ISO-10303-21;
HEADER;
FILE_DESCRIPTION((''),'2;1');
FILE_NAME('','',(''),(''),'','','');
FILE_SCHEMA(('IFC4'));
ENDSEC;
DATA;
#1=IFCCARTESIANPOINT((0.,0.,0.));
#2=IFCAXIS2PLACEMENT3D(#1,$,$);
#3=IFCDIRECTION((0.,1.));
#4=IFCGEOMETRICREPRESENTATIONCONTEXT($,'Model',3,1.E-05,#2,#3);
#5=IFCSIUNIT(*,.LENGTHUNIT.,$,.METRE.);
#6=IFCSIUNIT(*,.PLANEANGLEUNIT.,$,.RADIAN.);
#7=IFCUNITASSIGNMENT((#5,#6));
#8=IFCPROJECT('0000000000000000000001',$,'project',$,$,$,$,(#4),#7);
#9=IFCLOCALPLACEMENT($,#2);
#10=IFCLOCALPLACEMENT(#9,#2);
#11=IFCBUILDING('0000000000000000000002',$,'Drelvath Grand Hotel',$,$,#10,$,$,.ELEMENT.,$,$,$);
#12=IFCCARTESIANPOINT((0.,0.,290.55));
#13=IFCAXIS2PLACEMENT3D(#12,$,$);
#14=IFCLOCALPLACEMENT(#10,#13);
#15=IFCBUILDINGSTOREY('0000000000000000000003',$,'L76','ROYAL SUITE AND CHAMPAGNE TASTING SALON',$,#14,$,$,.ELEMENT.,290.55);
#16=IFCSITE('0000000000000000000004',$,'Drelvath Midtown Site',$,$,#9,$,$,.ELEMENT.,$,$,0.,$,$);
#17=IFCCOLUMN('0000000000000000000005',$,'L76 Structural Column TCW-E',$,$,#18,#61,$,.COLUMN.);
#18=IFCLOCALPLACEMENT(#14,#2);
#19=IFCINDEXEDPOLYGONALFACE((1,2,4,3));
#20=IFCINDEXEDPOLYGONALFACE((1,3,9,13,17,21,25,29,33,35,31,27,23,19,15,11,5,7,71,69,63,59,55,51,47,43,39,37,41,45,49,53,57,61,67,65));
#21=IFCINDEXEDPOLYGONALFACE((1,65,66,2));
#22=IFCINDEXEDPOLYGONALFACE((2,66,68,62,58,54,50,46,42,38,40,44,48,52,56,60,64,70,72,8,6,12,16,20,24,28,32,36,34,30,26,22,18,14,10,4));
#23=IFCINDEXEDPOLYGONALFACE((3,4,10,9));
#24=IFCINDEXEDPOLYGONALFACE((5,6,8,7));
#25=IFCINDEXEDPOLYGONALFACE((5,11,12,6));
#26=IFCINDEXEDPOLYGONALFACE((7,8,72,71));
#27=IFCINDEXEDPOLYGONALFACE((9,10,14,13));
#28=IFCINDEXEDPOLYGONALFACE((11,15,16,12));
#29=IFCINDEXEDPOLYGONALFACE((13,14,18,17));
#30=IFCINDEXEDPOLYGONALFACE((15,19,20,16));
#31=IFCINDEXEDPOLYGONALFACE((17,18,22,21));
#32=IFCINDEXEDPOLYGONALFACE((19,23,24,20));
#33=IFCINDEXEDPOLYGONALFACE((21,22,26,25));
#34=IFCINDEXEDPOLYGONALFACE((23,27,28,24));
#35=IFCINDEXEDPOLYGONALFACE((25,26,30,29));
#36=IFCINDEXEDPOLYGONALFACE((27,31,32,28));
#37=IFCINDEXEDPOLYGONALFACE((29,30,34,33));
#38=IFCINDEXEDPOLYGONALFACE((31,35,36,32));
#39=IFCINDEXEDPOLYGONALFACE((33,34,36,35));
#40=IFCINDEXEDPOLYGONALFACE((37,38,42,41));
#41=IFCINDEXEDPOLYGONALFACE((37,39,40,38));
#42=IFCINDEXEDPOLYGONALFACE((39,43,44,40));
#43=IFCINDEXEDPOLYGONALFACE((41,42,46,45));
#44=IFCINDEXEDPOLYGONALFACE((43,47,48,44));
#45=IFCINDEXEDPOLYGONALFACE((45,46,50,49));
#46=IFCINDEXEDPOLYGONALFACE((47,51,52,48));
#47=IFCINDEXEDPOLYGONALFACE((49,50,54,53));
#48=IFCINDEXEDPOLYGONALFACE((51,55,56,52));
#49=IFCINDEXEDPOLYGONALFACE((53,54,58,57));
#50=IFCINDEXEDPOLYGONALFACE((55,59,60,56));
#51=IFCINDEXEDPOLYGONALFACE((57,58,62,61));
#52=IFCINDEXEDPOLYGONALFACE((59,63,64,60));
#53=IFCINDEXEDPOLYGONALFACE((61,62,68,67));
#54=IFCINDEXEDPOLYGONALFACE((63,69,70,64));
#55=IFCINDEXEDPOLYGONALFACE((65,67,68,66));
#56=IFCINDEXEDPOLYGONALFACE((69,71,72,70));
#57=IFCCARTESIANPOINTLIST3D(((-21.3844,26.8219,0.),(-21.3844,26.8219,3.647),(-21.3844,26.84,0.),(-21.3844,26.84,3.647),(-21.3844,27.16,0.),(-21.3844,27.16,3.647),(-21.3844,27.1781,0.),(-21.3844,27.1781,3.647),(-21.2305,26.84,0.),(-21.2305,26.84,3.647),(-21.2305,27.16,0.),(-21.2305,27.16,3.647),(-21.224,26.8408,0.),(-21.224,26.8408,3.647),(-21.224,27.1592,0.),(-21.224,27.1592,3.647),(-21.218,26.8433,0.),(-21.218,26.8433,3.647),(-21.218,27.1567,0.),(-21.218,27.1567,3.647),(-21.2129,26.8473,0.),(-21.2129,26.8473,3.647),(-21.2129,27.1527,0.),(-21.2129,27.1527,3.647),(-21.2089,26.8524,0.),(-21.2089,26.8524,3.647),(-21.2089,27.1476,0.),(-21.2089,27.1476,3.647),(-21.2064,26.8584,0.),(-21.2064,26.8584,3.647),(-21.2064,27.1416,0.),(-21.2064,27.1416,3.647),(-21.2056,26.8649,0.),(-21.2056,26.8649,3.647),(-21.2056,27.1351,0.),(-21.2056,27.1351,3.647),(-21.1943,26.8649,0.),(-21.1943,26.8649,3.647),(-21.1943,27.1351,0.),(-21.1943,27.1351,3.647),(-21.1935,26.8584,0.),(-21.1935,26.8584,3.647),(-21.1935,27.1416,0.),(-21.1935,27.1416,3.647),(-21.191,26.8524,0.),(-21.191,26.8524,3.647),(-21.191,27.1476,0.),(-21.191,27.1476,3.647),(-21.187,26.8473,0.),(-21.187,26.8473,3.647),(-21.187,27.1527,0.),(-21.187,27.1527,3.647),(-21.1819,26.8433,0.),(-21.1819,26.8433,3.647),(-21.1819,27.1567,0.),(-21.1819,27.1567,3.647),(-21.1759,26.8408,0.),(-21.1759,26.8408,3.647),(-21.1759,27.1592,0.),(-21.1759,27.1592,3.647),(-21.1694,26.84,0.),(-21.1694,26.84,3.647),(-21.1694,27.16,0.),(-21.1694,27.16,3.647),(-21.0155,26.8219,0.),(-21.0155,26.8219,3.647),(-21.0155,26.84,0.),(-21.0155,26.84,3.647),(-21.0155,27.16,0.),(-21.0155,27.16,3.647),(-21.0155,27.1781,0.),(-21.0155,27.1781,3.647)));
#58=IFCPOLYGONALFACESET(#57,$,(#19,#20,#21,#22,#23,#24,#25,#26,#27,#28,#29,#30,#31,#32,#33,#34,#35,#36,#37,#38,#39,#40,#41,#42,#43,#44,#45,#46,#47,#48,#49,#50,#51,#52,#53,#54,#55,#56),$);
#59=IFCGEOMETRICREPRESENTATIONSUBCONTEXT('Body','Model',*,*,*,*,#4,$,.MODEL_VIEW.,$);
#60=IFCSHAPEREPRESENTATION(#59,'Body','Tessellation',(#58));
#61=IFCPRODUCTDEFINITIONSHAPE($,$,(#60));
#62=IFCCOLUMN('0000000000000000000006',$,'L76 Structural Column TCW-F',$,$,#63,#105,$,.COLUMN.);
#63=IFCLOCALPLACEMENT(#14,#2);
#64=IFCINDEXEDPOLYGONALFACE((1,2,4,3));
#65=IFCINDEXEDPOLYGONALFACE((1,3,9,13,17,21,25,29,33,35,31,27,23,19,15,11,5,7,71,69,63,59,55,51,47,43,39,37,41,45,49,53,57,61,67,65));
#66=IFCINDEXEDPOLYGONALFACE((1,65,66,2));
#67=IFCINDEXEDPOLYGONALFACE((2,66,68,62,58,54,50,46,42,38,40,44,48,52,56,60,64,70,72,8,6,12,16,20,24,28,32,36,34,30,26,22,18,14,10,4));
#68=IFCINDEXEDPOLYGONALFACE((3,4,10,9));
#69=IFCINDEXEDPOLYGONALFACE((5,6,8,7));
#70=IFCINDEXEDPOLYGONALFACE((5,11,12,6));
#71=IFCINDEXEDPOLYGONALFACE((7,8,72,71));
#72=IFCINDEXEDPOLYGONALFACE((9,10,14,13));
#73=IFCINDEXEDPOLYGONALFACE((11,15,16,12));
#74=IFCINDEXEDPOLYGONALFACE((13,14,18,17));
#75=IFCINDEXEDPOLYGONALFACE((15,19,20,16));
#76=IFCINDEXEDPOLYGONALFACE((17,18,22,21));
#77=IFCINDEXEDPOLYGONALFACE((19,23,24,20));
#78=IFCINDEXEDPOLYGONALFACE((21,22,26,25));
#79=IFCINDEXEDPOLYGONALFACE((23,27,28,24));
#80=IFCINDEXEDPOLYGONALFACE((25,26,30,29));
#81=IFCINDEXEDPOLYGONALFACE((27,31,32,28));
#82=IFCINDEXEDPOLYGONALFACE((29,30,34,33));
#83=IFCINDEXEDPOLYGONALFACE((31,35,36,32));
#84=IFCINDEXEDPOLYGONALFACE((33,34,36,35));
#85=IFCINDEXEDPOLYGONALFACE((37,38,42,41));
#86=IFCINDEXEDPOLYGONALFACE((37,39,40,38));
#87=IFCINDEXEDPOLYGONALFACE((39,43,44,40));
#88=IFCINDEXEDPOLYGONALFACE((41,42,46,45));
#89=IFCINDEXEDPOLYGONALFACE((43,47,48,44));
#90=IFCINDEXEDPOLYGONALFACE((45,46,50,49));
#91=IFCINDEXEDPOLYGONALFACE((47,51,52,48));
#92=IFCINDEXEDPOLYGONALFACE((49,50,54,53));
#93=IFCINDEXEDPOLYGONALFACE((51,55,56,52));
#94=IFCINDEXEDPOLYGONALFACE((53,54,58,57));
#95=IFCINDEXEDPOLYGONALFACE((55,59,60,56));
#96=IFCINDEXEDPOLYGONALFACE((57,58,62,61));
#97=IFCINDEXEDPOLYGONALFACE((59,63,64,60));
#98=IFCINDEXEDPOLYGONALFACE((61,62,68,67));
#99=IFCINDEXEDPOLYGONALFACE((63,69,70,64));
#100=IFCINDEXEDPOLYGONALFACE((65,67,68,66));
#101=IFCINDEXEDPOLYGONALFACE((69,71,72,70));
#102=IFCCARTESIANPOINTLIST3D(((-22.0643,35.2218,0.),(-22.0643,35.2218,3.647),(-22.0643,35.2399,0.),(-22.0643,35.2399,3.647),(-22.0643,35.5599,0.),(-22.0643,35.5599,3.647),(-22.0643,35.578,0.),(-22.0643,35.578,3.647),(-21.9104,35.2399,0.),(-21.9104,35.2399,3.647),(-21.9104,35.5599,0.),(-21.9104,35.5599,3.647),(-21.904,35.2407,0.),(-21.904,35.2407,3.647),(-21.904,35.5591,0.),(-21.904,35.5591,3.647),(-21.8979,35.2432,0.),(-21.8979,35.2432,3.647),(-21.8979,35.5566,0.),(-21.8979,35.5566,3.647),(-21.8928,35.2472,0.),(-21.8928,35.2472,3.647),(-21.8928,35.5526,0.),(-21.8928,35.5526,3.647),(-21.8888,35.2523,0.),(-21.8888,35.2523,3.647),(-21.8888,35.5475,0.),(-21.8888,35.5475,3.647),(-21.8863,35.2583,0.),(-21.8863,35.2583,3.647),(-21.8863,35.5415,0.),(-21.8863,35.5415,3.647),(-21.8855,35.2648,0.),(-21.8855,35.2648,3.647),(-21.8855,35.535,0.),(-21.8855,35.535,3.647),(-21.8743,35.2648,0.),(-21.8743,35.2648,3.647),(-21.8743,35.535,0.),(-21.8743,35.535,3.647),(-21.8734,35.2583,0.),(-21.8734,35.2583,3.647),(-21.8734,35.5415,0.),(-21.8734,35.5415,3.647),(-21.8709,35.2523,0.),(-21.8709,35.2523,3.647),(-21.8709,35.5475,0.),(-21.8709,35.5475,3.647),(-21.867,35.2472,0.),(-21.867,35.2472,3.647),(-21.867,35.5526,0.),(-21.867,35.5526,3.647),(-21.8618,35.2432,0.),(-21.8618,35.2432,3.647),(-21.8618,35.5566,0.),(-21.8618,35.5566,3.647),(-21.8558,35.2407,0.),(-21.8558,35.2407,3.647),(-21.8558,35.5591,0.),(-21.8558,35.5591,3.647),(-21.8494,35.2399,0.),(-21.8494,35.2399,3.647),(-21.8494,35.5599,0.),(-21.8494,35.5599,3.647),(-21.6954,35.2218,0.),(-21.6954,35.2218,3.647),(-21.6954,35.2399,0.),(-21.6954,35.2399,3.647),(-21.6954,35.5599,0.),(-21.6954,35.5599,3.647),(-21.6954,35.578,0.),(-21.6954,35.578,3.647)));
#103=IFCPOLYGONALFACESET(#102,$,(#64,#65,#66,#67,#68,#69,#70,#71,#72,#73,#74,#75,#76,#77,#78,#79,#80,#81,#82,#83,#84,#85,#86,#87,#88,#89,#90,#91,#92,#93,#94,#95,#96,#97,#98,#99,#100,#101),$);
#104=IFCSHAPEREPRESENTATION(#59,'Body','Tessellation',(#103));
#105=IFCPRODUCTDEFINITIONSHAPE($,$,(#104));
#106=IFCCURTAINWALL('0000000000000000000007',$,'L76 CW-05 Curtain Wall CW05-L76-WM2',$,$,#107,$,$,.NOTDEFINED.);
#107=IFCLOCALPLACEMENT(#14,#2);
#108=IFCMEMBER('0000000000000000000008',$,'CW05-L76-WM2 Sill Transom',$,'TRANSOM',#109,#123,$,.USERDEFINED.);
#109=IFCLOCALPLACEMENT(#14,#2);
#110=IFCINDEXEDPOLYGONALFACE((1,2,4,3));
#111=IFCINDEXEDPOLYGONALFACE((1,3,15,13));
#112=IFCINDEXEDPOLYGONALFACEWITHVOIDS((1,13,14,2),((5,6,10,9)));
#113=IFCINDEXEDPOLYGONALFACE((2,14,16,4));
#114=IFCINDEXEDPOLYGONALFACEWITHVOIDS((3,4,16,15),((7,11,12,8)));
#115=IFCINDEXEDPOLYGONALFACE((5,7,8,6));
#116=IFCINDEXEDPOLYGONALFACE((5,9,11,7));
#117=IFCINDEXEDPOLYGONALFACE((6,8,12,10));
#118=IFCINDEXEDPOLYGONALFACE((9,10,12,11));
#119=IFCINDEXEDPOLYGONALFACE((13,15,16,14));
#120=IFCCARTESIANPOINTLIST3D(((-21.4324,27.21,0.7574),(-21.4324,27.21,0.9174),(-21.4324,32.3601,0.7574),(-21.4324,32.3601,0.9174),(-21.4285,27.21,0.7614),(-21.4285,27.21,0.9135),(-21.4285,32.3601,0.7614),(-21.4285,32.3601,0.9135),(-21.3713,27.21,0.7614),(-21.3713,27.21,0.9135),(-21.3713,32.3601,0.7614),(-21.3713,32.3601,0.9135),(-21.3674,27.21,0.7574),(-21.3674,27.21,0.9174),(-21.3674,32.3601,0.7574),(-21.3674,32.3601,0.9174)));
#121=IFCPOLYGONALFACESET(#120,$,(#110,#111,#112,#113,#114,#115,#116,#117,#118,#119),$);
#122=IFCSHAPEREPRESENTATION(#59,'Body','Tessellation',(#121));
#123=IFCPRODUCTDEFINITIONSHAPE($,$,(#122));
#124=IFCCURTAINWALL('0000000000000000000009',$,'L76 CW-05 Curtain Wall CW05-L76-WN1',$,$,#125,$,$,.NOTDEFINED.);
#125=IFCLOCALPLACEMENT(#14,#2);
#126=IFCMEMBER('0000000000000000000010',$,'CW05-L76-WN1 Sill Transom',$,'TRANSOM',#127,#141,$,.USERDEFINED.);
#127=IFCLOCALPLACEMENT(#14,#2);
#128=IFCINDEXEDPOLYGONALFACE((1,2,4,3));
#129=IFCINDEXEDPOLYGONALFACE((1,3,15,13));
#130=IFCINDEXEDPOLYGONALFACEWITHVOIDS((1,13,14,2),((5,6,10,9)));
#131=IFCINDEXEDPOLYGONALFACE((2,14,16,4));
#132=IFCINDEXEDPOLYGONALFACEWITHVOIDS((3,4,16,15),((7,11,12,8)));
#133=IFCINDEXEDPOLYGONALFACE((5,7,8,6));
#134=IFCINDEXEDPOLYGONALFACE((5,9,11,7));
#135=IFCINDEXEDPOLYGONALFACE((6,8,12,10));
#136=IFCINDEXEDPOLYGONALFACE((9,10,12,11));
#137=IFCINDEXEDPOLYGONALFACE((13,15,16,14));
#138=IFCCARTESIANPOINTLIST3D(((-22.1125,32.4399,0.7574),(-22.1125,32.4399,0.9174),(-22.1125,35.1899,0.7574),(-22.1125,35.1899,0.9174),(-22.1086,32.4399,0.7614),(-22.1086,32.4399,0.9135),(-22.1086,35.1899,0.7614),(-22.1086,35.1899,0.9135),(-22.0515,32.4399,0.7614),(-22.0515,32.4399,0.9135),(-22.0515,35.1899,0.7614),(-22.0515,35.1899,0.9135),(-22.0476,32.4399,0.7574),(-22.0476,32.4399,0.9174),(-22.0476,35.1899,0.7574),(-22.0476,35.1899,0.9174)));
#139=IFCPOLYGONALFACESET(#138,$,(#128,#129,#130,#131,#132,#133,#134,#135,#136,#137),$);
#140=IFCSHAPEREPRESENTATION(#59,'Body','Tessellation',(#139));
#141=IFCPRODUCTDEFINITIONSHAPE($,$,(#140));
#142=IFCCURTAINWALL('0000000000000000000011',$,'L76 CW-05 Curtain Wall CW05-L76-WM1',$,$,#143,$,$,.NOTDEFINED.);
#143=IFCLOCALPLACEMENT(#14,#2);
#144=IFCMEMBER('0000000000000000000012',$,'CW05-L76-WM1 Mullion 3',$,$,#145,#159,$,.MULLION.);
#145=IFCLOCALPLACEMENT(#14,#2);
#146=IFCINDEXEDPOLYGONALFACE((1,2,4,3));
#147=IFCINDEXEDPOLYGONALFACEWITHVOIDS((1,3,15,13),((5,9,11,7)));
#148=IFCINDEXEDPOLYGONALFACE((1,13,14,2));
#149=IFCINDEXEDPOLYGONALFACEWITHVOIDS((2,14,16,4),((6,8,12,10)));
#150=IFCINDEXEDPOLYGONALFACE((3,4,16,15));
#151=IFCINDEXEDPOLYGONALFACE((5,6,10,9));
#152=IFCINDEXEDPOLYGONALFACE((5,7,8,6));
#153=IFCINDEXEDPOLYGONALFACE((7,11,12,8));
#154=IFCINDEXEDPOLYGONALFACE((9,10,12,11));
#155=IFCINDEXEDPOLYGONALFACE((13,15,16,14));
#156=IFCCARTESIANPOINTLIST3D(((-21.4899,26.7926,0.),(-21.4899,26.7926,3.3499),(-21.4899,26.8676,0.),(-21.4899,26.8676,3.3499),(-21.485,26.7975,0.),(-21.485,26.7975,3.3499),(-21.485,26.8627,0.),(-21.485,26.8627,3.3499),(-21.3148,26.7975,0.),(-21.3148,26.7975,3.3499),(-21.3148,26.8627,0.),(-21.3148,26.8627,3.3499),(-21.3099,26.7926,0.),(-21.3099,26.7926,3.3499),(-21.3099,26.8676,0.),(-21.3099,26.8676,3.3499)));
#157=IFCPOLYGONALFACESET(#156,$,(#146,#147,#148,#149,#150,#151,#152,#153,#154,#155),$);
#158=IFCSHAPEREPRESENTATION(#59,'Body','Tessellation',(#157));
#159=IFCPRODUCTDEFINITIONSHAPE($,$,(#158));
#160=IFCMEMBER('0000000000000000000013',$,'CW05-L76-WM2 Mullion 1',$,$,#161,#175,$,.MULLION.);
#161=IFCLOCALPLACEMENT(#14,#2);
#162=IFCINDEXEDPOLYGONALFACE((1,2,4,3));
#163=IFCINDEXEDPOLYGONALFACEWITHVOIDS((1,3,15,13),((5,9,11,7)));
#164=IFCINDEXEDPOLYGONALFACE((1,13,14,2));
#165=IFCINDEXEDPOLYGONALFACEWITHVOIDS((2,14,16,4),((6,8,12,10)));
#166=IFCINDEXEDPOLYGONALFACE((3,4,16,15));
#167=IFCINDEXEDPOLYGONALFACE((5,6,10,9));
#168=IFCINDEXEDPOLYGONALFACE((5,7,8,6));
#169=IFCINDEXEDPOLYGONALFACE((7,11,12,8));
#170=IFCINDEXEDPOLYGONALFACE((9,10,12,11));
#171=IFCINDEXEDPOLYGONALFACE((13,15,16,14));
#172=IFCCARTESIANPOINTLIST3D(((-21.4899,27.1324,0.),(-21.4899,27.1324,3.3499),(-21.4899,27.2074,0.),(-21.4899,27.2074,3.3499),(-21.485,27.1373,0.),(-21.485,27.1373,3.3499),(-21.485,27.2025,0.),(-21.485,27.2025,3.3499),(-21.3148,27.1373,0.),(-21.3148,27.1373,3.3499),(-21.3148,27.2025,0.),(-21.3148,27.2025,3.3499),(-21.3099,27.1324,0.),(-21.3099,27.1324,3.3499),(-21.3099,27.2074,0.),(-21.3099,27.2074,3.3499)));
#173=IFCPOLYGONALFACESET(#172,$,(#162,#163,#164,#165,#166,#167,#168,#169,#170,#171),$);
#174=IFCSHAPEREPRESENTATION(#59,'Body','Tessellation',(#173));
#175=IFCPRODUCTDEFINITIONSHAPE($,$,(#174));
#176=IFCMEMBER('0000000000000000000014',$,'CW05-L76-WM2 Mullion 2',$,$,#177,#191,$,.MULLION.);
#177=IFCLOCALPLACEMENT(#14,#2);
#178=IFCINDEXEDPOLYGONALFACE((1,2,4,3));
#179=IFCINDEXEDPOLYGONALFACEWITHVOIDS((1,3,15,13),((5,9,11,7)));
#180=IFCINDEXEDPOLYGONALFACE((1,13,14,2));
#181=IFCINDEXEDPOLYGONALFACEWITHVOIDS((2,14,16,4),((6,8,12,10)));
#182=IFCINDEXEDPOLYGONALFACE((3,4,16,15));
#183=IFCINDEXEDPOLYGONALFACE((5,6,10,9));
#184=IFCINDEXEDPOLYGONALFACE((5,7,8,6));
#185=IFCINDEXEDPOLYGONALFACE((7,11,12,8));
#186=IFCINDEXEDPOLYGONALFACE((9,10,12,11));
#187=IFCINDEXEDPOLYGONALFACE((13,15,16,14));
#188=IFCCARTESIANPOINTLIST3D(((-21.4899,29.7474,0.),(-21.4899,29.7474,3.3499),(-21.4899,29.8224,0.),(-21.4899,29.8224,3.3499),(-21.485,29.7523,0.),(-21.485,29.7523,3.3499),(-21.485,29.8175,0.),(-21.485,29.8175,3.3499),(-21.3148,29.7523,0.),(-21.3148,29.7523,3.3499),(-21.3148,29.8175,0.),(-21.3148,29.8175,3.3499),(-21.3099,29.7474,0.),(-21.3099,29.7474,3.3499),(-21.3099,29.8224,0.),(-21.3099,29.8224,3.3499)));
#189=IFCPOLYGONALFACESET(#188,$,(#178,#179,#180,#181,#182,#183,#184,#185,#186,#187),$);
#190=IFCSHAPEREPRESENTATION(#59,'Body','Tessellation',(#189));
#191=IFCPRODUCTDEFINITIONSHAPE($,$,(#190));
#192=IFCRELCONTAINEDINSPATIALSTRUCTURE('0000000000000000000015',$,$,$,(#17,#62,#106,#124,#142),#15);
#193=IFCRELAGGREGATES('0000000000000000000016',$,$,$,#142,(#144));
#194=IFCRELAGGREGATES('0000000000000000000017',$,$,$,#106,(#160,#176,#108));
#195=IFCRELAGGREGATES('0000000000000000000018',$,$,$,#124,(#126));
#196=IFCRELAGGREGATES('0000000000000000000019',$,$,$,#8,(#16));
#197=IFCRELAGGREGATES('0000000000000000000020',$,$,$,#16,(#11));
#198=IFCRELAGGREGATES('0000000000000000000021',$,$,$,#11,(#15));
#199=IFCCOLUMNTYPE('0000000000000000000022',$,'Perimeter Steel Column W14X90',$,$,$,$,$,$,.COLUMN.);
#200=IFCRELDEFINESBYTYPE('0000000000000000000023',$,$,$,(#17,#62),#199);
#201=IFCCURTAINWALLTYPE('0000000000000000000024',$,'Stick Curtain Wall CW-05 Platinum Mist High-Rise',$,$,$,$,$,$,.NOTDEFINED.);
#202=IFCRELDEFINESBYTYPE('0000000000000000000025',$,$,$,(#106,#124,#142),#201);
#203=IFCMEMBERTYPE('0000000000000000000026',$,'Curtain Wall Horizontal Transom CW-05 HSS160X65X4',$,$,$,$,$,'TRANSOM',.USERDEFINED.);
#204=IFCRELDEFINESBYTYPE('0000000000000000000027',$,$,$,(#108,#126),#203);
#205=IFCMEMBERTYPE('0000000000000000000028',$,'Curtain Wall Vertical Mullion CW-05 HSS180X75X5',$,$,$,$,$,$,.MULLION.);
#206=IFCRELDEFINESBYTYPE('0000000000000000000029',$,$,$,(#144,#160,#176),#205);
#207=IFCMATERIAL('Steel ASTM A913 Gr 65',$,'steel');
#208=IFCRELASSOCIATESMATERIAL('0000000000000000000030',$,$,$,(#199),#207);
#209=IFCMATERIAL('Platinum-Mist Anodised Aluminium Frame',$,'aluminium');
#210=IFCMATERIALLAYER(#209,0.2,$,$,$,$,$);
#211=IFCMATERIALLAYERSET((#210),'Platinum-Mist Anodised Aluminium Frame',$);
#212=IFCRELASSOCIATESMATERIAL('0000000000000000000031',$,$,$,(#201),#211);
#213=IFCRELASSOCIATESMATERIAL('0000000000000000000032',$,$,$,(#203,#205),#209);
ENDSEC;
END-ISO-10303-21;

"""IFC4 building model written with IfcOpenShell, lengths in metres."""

from ifc_helpers import new_model, si_unit, direction, frame, origin, origin_2d, place, context, subcontext, project, spatial, hollow_rectangle, i_section, extrude, material, layer, layer_set, material_profile, profile_set, type_object, element, aggregate, save


model = new_model("IFC4")

# Units and contexts
model_context = context("Model", 3, precision=1e-05, world=origin(), true_north=direction((0.0, 1.0)))
body_context = subcontext(model_context, "Body", "Model", "MODEL_VIEW")
ifc_project = project(units=[si_unit("LENGTHUNIT", "METRE"), si_unit("PLANEANGLEUNIT", "RADIAN")], contexts=[model_context])

# Site, building, storey
site_placement = place(None, origin())
site = spatial("IfcSite", under=ifc_project, at=site_placement, Name="Drelvath Midtown Site", CompositionType="ELEMENT", RefElevation=0.0)
building_placement = place(site_placement, origin())
building = spatial("IfcBuilding", under=site, at=building_placement, Name="Drelvath Grand Hotel", CompositionType="ELEMENT")
storey_placement = place(building_placement, frame((0.0, 0.0, 290.55)))
storey = spatial("IfcBuildingStorey", under=building, at=storey_placement, Name="L76", Description="ROYAL SUITE AND CHAMPAGNE TASTING SALON", CompositionType="ELEMENT", Elevation=290.55)

# Columns
ifc_material_1 = material(Name="Steel ASTM A913 Gr 65", Category="steel")
ifc_material_profile_1 = material_profile(ifc_material_1, i_section(OverallWidth=0.3689, OverallDepth=0.3562, WebThickness=0.0112, FlangeThickness=0.0181, FilletRadius=0.0249, at=origin_2d()), Name="W14X90")
ifc_profile_set_1 = profile_set([ifc_material_profile_1], Name="Steel ASTM A913 Gr 65")
column_type = type_object("IfcColumnType", Name="Perimeter Steel Column W14X90", PredefinedType="COLUMN", material=ifc_profile_set_1)
for number, where, z_axis, x_axis, name in (
    (1, (-21.2, 27.0, 0.0), (0.0, 0.0, 1.0), (1.0, 0.0, 0.0), "L76 Structural Column TCW-E"),
    (2, (-21.8799, 35.3999, 0.0), (0.0, 0.0, 1.0), (1.0, 0.0, 0.0), "L76 Structural Column TCW-F"),
):
    element("IfcColumn", number, at=place(storey_placement, frame(where, z_axis=z_axis, x_axis=x_axis)), inside=storey, type_object=column_type, Name=name, PredefinedType="COLUMN", context=body_context, shape_type="SweptSolid", body=[
        extrude(i_section(OverallWidth=0.3689, OverallDepth=0.3562, WebThickness=0.0112, FlangeThickness=0.0181, FilletRadius=0.0249, at=origin_2d()), origin(), (0.0, 0.0, 1.0), 3.647),
    ])

# Curtain walls, members
ifc_material_2 = material(Name="Platinum-Mist Anodised Aluminium Frame", Category="aluminium")
ifc_layer_1 = layer(ifc_material_2, 0.2)
ifc_layer_set_1 = layer_set([ifc_layer_1], Name="Platinum-Mist Anodised Aluminium Frame")
curtain_wall_type = type_object("IfcCurtainWallType", Name="Stick Curtain Wall CW-05 Platinum Mist High-Rise", PredefinedType="NOTDEFINED", material=ifc_layer_set_1)
curtain_wall_1_placement = place(storey_placement, origin())
curtain_wall_1 = element("IfcCurtainWall", 3, at=curtain_wall_1_placement, inside=storey, type_object=curtain_wall_type, Name="L76 CW-05 Curtain Wall CW05-L76-WM2", PredefinedType="NOTDEFINED")
ifc_material_profile_2 = material_profile(ifc_material_2, hollow_rectangle(XDim=0.0649, YDim=0.1599, WallThickness=0.0039, at=origin_2d()), Name="HSS160X65X4")
ifc_profile_set_2 = profile_set([ifc_material_profile_2], Name="Platinum-Mist Anodised Aluminium Frame")
member_type_1 = type_object("IfcMemberType", Name="Curtain Wall Horizontal Transom CW-05 HSS160X65X4", ElementType="TRANSOM", PredefinedType="USERDEFINED", material=ifc_profile_set_2)
member_1_placement = place(storey_placement, frame((-21.3999, 27.21, 0.8374), z_axis=(0.0, 1.0, 0.0), x_axis=(-1.0, 0.0, 0.0)))
member_1 = element("IfcMember", 4, at=member_1_placement, type_object=member_type_1, Name="CW05-L76-WM2 Sill Transom", ObjectType="TRANSOM", PredefinedType="USERDEFINED", context=body_context, shape_type="SweptSolid", body=[
    extrude(hollow_rectangle(XDim=0.0649, YDim=0.1599, WallThickness=0.0039, at=origin_2d()), origin(), (0.0, 0.0, 1.0), 5.1501),
])
curtain_wall_2_placement = place(storey_placement, origin())
curtain_wall_2 = element("IfcCurtainWall", 5, at=curtain_wall_2_placement, inside=storey, type_object=curtain_wall_type, Name="L76 CW-05 Curtain Wall CW05-L76-WN1", PredefinedType="NOTDEFINED")
member_2_placement = place(storey_placement, frame((-22.0801, 32.4399, 0.8374), z_axis=(0.0, 1.0, 0.0), x_axis=(-1.0, 0.0, 0.0)))
member_2 = element("IfcMember", 6, at=member_2_placement, type_object=member_type_1, Name="CW05-L76-WN1 Sill Transom", ObjectType="TRANSOM", PredefinedType="USERDEFINED", context=body_context, shape_type="SweptSolid", body=[
    extrude(hollow_rectangle(XDim=0.0649, YDim=0.1599, WallThickness=0.0039, at=origin_2d()), origin(), (0.0, 0.0, 1.0), 2.75),
])
curtain_wall_3_placement = place(storey_placement, origin())
curtain_wall_3 = element("IfcCurtainWall", 7, at=curtain_wall_3_placement, inside=storey, type_object=curtain_wall_type, Name="L76 CW-05 Curtain Wall CW05-L76-WM1", PredefinedType="NOTDEFINED")
ifc_material_profile_3 = material_profile(ifc_material_2, hollow_rectangle(XDim=0.075, YDim=0.1799, WallThickness=0.0049, at=origin_2d()), Name="HSS180X75X5")
ifc_profile_set_3 = profile_set([ifc_material_profile_3], Name="Platinum-Mist Anodised Aluminium Frame")
member_type_2 = type_object("IfcMemberType", Name="Curtain Wall Vertical Mullion CW-05 HSS180X75X5", PredefinedType="MULLION", material=ifc_profile_set_3)
member_3_placement = place(storey_placement, frame((-21.3999, 26.8301, 0.0), z_axis=(0.0, 0.0, 1.0), x_axis=(0.0, 1.0, 0.0)))
member_3 = element("IfcMember", 8, at=member_3_placement, type_object=member_type_2, Name="CW05-L76-WM1 Mullion 3", PredefinedType="MULLION", context=body_context, shape_type="SweptSolid", body=[
    extrude(hollow_rectangle(XDim=0.075, YDim=0.1799, WallThickness=0.0049, at=origin_2d()), origin(), (0.0, 0.0, 1.0), 3.3499),
])
aggregate(curtain_wall_3, [member_3])

# Members
member_4_placement = place(storey_placement, frame((-21.3999, 27.1699, 0.0), z_axis=(0.0, 0.0, 1.0), x_axis=(0.0, 1.0, 0.0)))
member_4 = element("IfcMember", 9, at=member_4_placement, type_object=member_type_2, Name="CW05-L76-WM2 Mullion 1", PredefinedType="MULLION", context=body_context, shape_type="SweptSolid", body=[
    extrude(hollow_rectangle(XDim=0.075, YDim=0.1799, WallThickness=0.0049, at=origin_2d()), origin(), (0.0, 0.0, 1.0), 3.3499),
])
member_5_placement = place(storey_placement, frame((-21.3999, 29.7849, 0.0), z_axis=(0.0, 0.0, 1.0), x_axis=(0.0, 1.0, 0.0)))
member_5 = element("IfcMember", 10, at=member_5_placement, type_object=member_type_2, Name="CW05-L76-WM2 Mullion 2", PredefinedType="MULLION", context=body_context, shape_type="SweptSolid", body=[
    extrude(hollow_rectangle(XDim=0.075, YDim=0.1799, WallThickness=0.0049, at=origin_2d()), origin(), (0.0, 0.0, 1.0), 3.3499),
])

aggregate(curtain_wall_1, [member_4, member_5, member_1])
aggregate(curtain_wall_2, [member_2])

save(model, "model.ifc")
